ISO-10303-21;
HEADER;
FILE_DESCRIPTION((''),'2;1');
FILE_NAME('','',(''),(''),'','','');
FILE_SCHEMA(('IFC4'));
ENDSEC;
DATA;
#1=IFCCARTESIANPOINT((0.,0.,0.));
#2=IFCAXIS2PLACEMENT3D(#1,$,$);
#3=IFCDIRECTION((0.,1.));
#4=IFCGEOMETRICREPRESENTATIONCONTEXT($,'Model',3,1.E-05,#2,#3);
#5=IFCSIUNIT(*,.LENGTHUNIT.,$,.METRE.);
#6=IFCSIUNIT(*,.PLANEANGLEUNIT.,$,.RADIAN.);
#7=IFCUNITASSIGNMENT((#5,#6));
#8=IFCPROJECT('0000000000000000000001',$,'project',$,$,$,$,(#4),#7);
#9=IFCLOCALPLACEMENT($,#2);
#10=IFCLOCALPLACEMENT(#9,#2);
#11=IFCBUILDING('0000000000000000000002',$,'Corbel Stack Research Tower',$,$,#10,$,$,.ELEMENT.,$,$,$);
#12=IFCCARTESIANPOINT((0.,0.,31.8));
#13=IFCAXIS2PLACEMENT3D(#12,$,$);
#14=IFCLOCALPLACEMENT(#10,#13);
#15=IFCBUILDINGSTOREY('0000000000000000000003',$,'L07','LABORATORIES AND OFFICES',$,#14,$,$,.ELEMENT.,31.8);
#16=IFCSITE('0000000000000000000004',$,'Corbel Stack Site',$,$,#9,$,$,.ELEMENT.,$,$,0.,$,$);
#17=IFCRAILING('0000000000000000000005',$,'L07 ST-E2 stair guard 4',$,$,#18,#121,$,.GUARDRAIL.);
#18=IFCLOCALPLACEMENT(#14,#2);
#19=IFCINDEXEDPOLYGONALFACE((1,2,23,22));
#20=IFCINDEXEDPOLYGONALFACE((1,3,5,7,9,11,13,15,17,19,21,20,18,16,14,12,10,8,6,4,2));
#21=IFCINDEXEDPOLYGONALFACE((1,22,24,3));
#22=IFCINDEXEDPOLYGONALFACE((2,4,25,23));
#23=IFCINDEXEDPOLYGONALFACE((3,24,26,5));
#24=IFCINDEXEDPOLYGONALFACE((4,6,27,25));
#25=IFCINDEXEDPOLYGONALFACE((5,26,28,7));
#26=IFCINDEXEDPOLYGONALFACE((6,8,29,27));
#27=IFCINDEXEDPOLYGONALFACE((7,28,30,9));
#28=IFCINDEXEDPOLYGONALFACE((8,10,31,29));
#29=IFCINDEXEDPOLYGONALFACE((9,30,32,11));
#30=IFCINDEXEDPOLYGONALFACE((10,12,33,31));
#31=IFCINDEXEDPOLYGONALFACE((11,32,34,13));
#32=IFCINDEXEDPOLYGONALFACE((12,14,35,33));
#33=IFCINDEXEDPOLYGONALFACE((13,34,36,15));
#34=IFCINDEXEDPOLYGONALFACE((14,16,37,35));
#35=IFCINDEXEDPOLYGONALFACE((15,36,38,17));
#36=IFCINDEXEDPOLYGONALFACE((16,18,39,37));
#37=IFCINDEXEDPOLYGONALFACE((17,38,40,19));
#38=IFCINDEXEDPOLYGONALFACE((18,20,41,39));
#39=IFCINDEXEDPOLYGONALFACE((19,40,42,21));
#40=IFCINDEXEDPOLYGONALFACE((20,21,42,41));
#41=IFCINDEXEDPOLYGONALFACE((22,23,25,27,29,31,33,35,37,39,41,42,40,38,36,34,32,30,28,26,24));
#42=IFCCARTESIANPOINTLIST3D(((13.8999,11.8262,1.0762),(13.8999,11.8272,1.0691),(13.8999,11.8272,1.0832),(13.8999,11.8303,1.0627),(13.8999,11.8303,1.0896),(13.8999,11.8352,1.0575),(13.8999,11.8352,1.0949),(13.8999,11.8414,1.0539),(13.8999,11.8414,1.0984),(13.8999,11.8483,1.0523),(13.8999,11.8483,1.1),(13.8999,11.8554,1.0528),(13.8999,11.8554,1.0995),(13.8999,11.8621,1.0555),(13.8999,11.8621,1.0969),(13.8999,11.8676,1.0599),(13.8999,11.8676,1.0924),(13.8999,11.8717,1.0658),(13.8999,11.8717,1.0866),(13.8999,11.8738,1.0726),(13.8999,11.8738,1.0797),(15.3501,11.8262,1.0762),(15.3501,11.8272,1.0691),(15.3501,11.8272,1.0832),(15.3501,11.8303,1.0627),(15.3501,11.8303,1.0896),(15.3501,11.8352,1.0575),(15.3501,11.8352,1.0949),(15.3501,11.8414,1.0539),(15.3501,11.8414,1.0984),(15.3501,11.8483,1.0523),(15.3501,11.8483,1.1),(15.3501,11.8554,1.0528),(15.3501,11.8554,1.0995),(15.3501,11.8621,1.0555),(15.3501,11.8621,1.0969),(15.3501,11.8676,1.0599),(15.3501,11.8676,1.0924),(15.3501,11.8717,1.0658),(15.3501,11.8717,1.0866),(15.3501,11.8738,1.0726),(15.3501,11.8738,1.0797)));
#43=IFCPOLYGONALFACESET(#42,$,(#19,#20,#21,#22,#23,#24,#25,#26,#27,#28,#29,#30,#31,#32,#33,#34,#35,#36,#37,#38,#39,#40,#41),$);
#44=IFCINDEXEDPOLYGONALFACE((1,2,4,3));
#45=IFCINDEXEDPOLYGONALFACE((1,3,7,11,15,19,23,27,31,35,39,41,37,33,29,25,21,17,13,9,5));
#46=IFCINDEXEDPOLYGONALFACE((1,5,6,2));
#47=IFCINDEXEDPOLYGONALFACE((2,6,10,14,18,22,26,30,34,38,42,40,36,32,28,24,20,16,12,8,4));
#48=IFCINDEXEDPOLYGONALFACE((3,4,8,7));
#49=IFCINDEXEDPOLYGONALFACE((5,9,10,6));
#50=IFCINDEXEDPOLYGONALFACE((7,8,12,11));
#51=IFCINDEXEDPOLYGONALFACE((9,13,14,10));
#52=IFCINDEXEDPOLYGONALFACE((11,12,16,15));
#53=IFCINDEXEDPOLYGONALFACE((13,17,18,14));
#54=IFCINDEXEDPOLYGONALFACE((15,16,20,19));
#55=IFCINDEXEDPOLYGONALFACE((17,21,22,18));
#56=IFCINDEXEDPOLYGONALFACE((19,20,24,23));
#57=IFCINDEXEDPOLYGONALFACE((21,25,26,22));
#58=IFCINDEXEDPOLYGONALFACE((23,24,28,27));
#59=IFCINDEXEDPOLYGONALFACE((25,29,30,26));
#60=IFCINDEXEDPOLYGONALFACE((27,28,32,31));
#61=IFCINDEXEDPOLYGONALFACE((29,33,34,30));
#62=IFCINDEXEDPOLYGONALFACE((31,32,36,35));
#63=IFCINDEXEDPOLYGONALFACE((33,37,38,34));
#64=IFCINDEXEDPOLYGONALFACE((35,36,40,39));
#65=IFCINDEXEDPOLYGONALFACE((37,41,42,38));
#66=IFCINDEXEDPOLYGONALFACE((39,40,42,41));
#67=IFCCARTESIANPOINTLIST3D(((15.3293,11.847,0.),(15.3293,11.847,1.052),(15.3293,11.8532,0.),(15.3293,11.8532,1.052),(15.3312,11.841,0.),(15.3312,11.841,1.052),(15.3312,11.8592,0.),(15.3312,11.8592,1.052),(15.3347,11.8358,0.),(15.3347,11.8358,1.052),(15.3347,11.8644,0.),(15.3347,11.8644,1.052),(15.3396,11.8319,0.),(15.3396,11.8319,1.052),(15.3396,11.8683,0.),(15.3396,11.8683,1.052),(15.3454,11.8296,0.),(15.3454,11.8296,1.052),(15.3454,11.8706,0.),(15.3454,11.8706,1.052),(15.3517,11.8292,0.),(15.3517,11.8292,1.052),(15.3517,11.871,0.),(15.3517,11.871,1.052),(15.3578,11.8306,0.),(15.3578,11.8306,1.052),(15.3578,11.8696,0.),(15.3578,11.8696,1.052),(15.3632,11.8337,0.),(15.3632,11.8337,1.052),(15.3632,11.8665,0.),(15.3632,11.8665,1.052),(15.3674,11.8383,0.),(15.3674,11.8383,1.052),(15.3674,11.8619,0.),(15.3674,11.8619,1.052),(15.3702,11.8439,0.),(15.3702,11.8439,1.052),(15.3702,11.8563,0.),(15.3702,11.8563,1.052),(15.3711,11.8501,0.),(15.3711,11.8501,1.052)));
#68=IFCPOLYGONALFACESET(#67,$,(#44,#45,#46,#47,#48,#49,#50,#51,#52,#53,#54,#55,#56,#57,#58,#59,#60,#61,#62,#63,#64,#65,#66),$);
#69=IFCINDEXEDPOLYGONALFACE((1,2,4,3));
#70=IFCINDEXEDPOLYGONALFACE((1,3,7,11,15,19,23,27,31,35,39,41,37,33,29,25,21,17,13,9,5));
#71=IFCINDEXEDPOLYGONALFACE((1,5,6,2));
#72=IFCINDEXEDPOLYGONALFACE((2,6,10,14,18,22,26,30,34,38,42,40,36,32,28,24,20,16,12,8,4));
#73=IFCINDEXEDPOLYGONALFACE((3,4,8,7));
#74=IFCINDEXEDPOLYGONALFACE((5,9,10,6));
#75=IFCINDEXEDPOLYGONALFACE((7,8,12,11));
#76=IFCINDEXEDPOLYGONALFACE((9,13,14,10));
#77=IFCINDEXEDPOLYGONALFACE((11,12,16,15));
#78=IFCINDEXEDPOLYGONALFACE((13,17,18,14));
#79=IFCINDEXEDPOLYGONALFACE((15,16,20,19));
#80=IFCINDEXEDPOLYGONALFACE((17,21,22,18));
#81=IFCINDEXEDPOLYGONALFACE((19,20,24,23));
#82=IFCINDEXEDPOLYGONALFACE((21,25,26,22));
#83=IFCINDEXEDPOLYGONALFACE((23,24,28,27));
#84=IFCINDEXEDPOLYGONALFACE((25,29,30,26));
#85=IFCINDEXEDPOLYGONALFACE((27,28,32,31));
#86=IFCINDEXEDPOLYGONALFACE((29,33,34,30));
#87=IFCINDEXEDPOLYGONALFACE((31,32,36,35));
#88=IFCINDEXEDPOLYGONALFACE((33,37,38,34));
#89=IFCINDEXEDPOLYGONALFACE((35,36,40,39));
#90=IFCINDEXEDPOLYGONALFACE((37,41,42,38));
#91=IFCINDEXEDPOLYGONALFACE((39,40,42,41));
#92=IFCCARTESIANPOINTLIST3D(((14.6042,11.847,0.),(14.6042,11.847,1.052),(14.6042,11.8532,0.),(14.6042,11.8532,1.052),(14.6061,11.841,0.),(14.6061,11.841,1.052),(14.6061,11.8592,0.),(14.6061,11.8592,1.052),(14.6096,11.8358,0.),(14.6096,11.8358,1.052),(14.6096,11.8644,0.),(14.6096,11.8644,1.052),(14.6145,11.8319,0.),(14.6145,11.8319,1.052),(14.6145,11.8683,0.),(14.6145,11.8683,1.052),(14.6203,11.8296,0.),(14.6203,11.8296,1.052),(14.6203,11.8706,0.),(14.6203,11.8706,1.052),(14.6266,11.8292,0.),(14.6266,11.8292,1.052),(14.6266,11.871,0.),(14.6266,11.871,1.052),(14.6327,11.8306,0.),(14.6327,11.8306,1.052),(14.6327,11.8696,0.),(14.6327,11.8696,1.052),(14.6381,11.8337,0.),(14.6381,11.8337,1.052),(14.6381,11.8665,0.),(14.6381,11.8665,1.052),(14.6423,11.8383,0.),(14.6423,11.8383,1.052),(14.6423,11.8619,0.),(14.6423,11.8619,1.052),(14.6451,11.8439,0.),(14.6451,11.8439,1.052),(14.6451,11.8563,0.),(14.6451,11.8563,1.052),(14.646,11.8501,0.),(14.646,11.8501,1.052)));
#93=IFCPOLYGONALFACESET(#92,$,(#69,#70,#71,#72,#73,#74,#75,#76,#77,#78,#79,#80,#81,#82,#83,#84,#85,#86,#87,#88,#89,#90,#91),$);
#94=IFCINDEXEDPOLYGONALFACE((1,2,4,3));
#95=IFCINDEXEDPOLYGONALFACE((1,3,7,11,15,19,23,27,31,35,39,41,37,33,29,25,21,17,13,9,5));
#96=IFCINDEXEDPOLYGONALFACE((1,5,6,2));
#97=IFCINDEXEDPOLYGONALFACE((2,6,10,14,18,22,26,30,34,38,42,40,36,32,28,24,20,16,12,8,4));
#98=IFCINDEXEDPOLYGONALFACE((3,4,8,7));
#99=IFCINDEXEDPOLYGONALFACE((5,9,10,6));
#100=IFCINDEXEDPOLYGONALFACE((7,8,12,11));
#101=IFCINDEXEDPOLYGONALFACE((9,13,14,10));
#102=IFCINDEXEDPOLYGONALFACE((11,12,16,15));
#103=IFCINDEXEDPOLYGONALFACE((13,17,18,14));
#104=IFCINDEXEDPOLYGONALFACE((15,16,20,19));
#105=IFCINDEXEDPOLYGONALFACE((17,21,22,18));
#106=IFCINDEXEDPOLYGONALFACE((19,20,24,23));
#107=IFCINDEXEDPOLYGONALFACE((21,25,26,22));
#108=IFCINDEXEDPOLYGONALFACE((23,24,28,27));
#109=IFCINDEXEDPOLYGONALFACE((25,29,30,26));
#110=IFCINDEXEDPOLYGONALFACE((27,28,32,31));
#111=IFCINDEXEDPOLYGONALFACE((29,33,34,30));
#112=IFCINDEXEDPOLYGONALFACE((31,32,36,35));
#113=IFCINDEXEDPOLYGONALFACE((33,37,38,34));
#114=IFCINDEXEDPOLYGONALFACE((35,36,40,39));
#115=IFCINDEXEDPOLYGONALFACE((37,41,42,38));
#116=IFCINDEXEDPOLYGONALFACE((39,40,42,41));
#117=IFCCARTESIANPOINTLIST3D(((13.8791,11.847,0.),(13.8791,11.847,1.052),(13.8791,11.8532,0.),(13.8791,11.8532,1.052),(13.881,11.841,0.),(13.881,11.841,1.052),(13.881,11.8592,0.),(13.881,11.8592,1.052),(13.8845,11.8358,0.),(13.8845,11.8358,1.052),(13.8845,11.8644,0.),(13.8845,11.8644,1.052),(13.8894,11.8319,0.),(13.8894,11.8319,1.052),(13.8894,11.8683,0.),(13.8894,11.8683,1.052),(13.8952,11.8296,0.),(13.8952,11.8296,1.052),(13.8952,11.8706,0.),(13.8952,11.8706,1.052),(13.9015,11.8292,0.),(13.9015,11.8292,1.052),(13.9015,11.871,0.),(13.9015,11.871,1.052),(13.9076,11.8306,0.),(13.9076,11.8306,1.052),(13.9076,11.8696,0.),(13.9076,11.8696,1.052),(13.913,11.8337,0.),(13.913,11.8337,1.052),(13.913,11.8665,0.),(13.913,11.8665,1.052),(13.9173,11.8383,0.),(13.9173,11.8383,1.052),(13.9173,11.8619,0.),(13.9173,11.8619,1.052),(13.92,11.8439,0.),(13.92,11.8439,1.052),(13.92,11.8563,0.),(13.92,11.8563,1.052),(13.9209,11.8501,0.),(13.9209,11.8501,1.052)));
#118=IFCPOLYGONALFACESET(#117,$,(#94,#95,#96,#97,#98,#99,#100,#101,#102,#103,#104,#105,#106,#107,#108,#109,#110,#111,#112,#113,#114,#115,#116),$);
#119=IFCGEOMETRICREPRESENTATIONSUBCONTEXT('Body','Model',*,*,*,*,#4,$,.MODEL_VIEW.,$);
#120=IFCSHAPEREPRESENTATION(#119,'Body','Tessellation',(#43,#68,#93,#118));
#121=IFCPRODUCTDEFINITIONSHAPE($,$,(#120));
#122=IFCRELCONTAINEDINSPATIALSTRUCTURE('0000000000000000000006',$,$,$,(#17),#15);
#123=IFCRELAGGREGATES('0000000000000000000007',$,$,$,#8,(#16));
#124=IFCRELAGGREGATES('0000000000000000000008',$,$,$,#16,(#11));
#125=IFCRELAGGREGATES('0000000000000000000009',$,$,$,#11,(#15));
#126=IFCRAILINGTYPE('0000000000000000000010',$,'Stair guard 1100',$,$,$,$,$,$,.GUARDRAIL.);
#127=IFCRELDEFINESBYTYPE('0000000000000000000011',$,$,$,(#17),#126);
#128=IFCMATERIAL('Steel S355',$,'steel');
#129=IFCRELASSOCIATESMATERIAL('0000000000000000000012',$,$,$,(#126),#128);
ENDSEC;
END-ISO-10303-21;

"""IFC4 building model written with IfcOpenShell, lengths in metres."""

from ifc_helpers import new_model, si_unit, direction, frame, origin, origin_2d, place, context, subcontext, project, spatial, circle, extrude, material, type_object, element, save


model = new_model("IFC4")

# Units and contexts
model_context = context("Model", 3, precision=1e-05, world=origin(), true_north=direction((0.0, 1.0)))
body_context = subcontext(model_context, "Body", "Model", "MODEL_VIEW")
ifc_project = project(units=[si_unit("LENGTHUNIT", "METRE"), si_unit("PLANEANGLEUNIT", "RADIAN")], contexts=[model_context])

# Site, building, storey
site_placement = place(None, origin())
site = spatial("IfcSite", under=ifc_project, at=site_placement, Name="Corbel Stack Site", CompositionType="ELEMENT", RefElevation=0.0)
building_placement = place(site_placement, origin())
building = spatial("IfcBuilding", under=site, at=building_placement, Name="Corbel Stack Research Tower", CompositionType="ELEMENT")
storey_placement = place(building_placement, frame((0.0, 0.0, 31.8)))
storey = spatial("IfcBuildingStorey", under=building, at=storey_placement, Name="L07", Description="LABORATORIES AND OFFICES", CompositionType="ELEMENT", Elevation=31.8)

# Railing
ifc_material_1 = material(Name="Steel S355", Category="steel")
railing_type_1 = type_object("IfcRailingType", Name="Stair guard 1100", PredefinedType="GUARDRAIL", material=ifc_material_1)
railing_1_placement = place(storey_placement, frame((15.3501, 11.8501, 0.0)))
element("IfcRailing", 1, at=railing_1_placement, inside=storey, type_object=railing_type_1, Name="L07 ST-E2 stair guard 4", PredefinedType="GUARDRAIL", context=body_context, shape_type="SweptSolid", body=[
    extrude(circle(Radius=0.0239, at=origin_2d()), frame((0.0, 0.0, 1.0762), z_axis=(-1.0, 0.0, 0.0), x_axis=(0.0, -1.0, 0.0)), (0.0, 0.0, 1.0), 1.4502),
    extrude(circle(Radius=0.021, at=origin_2d()), origin(), (0.0, 0.0, 1.0), 1.052),
    extrude(circle(Radius=0.021, at=origin_2d()), frame((-0.7251, 0.0, 0.0)), (0.0, 0.0, 1.0), 1.052),
    extrude(circle(Radius=0.021, at=origin_2d()), frame((-1.4502, 0.0, 0.0)), (0.0, 0.0, 1.0), 1.052),
])

save(model, "model.ifc")
